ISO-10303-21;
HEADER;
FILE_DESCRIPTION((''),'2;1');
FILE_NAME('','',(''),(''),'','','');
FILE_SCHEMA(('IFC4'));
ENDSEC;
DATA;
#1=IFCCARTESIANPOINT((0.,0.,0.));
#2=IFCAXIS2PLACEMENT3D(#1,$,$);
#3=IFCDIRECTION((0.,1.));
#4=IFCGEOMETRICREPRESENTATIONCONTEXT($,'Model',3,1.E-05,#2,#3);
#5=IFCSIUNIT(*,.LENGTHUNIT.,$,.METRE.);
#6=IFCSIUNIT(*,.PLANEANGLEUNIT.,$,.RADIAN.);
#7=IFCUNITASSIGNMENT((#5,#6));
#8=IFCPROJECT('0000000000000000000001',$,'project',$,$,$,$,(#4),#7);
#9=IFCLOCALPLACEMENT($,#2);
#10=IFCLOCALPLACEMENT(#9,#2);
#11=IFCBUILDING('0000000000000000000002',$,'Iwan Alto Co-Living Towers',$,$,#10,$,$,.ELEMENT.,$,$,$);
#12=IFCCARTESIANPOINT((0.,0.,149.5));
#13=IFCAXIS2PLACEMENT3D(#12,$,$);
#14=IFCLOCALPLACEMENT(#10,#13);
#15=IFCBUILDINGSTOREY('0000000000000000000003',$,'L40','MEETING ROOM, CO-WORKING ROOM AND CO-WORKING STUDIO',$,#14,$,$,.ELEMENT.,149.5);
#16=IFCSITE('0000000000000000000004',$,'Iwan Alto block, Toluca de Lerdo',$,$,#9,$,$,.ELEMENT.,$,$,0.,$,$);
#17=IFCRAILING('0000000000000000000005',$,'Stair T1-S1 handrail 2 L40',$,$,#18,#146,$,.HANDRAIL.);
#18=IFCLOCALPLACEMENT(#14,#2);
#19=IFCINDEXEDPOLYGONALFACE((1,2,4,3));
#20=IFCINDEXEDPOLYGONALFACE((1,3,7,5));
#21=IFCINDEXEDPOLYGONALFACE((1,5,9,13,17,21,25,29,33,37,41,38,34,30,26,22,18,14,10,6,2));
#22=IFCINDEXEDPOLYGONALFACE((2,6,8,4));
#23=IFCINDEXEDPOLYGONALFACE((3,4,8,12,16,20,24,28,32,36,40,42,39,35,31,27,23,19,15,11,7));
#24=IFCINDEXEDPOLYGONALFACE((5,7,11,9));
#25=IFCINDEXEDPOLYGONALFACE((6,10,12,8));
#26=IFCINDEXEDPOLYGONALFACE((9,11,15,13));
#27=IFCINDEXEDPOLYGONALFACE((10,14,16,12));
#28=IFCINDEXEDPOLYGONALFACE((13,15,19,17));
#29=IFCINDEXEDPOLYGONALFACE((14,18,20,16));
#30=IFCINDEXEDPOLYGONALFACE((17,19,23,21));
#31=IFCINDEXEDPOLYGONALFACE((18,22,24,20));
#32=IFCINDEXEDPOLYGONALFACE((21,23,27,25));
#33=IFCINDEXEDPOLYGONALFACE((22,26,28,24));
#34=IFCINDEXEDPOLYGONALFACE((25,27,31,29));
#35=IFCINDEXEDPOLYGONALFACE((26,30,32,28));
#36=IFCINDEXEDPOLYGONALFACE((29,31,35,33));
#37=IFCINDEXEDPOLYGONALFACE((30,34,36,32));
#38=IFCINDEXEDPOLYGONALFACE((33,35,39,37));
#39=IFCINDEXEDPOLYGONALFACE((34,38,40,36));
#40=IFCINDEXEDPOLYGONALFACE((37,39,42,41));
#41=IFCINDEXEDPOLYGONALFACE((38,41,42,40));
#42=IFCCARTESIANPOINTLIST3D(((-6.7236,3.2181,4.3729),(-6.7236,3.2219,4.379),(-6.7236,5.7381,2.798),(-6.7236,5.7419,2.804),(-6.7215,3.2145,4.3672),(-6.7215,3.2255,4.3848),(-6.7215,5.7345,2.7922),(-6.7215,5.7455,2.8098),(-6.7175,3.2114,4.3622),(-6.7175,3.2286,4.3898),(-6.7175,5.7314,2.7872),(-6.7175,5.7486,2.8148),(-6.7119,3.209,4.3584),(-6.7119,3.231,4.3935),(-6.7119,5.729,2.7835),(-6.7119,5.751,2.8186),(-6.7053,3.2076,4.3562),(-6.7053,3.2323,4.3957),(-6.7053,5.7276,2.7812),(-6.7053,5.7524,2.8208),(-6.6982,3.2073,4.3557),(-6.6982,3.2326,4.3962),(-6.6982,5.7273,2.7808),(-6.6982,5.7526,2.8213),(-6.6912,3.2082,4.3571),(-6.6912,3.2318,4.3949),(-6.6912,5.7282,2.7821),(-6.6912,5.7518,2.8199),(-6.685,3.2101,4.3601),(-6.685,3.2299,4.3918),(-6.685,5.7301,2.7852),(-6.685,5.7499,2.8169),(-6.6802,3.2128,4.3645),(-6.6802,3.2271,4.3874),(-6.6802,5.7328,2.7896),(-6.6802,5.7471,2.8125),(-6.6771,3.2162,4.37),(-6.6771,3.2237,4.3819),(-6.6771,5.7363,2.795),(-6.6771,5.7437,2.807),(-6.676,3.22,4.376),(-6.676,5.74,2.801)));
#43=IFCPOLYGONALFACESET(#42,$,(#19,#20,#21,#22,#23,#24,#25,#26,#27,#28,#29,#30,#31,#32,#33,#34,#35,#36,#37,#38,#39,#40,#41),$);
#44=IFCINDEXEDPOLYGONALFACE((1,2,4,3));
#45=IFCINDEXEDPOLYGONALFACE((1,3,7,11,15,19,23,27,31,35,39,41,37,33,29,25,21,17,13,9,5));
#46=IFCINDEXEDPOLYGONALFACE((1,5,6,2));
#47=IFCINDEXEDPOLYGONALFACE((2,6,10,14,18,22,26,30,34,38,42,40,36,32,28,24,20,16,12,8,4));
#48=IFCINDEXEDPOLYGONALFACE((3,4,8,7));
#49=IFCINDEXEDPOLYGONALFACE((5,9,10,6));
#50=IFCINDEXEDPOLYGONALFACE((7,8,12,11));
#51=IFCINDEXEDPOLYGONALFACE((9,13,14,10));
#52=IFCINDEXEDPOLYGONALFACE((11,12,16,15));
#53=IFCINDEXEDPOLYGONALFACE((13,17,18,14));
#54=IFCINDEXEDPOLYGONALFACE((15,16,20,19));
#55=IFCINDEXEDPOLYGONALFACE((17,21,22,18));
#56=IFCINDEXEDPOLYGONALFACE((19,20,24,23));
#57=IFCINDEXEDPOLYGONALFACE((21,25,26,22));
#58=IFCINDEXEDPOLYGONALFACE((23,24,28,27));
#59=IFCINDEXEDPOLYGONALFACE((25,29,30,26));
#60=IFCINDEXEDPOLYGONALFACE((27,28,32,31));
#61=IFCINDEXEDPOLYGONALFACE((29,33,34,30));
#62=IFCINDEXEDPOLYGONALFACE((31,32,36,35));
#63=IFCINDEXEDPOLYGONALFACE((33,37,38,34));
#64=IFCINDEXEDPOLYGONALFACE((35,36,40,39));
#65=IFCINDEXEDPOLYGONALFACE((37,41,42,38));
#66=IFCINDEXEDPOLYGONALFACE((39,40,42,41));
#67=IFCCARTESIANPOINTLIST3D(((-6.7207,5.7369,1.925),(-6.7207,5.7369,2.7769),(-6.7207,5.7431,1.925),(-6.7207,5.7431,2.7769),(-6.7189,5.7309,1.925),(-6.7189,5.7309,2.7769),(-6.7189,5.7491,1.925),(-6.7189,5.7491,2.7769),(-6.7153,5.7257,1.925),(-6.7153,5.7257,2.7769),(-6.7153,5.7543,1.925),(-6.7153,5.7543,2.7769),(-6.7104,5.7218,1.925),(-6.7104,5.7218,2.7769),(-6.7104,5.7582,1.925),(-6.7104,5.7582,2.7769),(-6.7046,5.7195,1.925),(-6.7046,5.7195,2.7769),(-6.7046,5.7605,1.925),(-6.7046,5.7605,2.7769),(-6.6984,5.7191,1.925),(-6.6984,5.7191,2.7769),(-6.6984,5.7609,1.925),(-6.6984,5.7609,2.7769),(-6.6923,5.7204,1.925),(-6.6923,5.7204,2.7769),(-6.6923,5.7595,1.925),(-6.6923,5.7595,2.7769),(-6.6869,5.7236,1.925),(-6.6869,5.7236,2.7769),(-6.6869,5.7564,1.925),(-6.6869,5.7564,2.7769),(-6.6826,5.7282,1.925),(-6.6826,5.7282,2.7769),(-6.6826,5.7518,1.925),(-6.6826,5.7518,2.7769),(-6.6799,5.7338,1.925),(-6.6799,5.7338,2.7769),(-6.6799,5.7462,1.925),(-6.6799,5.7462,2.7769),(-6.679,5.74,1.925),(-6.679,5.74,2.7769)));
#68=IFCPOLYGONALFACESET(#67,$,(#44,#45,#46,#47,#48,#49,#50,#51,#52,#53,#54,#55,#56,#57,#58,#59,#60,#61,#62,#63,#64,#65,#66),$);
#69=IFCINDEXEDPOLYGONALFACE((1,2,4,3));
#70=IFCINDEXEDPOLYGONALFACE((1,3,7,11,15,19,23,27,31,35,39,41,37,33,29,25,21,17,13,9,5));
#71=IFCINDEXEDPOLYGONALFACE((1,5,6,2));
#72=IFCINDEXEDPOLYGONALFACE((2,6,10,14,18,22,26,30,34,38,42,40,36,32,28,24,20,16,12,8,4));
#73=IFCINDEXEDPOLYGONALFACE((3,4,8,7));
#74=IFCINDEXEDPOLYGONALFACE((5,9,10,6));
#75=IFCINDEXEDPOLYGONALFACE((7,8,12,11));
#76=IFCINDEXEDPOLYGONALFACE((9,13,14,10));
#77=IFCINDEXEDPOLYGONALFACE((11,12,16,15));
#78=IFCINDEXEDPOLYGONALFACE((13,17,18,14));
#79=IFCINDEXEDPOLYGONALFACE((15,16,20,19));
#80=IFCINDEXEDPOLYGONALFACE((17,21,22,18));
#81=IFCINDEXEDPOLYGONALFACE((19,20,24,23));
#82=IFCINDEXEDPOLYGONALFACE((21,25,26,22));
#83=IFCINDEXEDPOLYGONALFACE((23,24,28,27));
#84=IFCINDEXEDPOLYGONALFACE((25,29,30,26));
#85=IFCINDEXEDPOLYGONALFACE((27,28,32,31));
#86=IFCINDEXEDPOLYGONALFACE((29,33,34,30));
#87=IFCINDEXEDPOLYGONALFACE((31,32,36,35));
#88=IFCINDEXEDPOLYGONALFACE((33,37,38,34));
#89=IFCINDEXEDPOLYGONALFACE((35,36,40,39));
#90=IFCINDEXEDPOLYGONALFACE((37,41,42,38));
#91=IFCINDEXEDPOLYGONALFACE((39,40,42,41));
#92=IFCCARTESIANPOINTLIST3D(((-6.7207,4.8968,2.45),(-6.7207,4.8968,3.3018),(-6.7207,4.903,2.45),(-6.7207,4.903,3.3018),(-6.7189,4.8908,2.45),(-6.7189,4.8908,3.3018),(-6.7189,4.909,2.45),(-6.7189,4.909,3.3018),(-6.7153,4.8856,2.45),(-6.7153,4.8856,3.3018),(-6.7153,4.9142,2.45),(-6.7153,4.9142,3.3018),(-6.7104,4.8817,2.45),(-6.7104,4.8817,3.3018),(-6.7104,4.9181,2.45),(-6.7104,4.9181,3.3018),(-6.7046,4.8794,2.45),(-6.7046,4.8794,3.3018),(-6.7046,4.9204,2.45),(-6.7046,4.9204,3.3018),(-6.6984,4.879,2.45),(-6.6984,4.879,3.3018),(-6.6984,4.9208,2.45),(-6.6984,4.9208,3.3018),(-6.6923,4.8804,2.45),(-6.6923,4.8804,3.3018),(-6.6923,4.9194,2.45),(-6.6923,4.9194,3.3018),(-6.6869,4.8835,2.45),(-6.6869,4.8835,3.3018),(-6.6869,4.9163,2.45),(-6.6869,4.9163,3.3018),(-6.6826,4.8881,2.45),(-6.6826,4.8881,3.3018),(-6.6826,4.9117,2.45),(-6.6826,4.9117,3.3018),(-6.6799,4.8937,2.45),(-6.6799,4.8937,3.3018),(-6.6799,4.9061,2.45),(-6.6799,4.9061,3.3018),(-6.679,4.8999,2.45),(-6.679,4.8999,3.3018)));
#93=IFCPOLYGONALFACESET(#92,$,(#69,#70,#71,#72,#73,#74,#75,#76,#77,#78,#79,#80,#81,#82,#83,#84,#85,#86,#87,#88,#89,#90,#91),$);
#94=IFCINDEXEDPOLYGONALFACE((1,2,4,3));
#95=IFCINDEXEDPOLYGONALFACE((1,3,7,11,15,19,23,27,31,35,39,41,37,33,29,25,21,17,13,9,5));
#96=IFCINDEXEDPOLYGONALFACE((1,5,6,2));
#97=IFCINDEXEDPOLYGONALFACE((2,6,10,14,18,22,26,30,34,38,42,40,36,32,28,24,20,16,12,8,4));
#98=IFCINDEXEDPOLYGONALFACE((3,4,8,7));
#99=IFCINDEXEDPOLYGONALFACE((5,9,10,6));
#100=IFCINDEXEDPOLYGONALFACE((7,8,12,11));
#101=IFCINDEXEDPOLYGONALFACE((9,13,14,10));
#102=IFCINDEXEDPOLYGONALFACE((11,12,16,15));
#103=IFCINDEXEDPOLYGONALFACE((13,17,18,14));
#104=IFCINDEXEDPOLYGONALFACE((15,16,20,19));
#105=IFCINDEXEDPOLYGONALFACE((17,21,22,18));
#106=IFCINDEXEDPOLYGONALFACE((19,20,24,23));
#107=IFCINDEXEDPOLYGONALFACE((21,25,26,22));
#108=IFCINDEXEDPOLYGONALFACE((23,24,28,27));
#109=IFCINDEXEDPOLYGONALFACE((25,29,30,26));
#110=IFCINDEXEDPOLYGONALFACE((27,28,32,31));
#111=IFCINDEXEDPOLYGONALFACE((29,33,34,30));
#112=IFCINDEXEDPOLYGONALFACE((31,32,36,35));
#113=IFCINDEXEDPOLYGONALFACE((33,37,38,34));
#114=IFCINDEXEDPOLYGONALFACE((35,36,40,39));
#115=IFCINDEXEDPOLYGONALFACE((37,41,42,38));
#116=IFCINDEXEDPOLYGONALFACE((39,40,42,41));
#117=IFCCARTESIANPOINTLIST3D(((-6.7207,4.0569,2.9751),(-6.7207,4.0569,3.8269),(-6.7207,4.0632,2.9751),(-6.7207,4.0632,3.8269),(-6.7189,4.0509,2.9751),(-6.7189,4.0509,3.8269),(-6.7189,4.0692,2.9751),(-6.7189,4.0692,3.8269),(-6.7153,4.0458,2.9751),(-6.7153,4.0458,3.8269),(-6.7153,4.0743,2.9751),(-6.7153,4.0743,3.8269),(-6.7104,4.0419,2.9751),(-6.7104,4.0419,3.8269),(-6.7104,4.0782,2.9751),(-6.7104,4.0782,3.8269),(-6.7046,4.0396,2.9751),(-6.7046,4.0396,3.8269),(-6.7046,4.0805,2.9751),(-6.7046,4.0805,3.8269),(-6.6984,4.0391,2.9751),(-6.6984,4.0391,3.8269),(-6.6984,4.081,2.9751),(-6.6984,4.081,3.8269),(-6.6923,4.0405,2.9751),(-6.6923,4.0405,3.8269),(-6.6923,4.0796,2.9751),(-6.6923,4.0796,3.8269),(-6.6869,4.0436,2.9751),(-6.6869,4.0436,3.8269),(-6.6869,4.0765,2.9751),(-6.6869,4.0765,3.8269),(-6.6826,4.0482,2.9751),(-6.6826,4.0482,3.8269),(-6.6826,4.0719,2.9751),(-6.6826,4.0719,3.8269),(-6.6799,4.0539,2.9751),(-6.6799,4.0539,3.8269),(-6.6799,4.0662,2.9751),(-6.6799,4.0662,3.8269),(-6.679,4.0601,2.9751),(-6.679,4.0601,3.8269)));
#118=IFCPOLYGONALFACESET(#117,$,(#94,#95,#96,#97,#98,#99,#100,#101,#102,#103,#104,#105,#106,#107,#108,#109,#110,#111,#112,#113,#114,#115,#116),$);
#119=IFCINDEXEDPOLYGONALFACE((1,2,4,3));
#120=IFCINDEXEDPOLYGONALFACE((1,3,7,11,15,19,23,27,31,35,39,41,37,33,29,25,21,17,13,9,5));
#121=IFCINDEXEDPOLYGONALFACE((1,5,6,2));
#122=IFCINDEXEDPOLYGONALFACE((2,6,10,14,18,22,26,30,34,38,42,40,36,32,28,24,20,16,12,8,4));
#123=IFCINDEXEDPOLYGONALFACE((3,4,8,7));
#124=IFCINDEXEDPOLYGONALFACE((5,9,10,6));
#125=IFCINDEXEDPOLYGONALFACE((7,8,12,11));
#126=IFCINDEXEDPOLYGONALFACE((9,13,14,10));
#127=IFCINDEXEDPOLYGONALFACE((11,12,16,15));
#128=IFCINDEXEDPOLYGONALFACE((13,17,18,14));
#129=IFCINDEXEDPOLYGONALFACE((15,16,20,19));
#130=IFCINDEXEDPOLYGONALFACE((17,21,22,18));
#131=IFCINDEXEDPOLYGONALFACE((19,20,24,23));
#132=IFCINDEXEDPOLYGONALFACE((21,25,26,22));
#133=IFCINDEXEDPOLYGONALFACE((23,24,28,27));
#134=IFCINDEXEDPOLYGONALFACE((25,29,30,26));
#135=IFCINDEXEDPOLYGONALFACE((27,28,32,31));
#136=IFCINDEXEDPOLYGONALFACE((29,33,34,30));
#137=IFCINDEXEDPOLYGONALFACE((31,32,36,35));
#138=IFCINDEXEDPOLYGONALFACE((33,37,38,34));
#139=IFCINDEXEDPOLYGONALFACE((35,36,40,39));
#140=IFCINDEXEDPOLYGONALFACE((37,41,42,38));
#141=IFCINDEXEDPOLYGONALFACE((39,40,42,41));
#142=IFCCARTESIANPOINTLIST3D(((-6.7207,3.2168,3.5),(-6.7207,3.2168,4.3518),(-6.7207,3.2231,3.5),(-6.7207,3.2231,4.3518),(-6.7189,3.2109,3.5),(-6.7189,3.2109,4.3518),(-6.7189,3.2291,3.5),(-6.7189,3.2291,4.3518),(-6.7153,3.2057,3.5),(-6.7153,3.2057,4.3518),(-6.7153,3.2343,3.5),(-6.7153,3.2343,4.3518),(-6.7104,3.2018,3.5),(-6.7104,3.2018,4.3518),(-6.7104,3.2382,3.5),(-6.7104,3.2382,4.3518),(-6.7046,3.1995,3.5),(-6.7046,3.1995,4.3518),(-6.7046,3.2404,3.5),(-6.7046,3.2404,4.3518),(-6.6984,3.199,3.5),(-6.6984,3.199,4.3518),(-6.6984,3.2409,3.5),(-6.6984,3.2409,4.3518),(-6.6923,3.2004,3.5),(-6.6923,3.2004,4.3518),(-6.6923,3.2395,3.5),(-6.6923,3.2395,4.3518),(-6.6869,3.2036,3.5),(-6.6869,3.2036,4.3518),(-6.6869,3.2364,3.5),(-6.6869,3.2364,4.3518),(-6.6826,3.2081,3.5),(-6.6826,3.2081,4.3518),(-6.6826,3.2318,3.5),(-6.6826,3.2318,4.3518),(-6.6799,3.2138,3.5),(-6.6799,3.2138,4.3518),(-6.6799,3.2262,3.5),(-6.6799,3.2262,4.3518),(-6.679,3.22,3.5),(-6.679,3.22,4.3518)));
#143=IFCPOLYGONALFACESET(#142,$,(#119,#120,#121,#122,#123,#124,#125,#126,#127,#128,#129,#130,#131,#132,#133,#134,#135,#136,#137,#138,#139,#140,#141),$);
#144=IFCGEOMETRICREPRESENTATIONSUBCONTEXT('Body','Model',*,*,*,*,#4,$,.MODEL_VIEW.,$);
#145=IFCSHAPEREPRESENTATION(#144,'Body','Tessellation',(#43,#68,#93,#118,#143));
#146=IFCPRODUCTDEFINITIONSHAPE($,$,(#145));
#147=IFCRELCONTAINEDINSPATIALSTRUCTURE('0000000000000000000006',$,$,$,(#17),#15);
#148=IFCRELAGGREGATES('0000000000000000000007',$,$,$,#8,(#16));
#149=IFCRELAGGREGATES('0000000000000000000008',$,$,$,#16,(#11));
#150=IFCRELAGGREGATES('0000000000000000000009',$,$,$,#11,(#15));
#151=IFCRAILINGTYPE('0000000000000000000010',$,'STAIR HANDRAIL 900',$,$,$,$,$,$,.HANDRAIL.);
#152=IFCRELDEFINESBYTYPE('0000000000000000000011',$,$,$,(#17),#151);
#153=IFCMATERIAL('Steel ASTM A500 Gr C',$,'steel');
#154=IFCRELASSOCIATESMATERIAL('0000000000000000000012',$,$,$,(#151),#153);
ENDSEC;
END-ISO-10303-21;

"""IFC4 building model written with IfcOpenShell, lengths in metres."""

from ifc_helpers import new_model, si_unit, direction, frame, origin, origin_2d, place, context, subcontext, project, spatial, circle, extrude, material, type_object, element, save


model = new_model("IFC4")

# Units and contexts
model_context = context("Model", 3, precision=1e-05, world=origin(), true_north=direction((0.0, 1.0)))
body_context = subcontext(model_context, "Body", "Model", "MODEL_VIEW")
ifc_project = project(units=[si_unit("LENGTHUNIT", "METRE"), si_unit("PLANEANGLEUNIT", "RADIAN")], contexts=[model_context])

# Site, building, storey
site_placement = place(None, origin())
site = spatial("IfcSite", under=ifc_project, at=site_placement, Name="Iwan Alto block, Toluca de Lerdo", CompositionType="ELEMENT", RefElevation=0.0)
building_placement = place(site_placement, origin())
building = spatial("IfcBuilding", under=site, at=building_placement, Name="Iwan Alto Co-Living Towers", CompositionType="ELEMENT")
storey_placement = place(building_placement, frame((0.0, 0.0, 149.5)))
storey = spatial("IfcBuildingStorey", under=building, at=storey_placement, Name="L40", Description="MEETING ROOM, CO-WORKING ROOM AND CO-WORKING STUDIO", CompositionType="ELEMENT", Elevation=149.5)

# Railing
ifc_material_1 = material(Name="Steel ASTM A500 Gr C", Category="steel")
railing_type_1 = type_object("IfcRailingType", Name="STAIR HANDRAIL 900", PredefinedType="HANDRAIL", material=ifc_material_1)
railing_1_placement = place(storey_placement, frame((-6.7, 5.74, 1.925)))
element("IfcRailing", 1, at=railing_1_placement, inside=storey, type_object=railing_type_1, Name="Stair T1-S1 handrail 2 L40", PredefinedType="HANDRAIL", context=body_context, shape_type="SweptSolid", body=[
    extrude(circle(Radius=0.0239, at=origin_2d()), frame((0.0, 0.0, 0.876), z_axis=(0.0, -0.848008, 0.529984), x_axis=(1.0, 0.0, 0.0)), (0.0, 0.0, 1.0), 2.9717),
    extrude(circle(Radius=0.021, at=origin_2d()), origin(), (0.0, 0.0, 1.0), 0.8518),
    extrude(circle(Radius=0.021, at=origin_2d()), frame((0.0, -0.8401, 0.5249)), (0.0, 0.0, 1.0), 0.8518),
    extrude(circle(Radius=0.021, at=origin_2d()), frame((0.0, -1.6799, 1.05)), (0.0, 0.0, 1.0), 0.8518),
    extrude(circle(Radius=0.021, at=origin_2d()), frame((0.0, -2.52, 1.575)), (0.0, 0.0, 1.0), 0.8518),
])

save(model, "model.ifc")
